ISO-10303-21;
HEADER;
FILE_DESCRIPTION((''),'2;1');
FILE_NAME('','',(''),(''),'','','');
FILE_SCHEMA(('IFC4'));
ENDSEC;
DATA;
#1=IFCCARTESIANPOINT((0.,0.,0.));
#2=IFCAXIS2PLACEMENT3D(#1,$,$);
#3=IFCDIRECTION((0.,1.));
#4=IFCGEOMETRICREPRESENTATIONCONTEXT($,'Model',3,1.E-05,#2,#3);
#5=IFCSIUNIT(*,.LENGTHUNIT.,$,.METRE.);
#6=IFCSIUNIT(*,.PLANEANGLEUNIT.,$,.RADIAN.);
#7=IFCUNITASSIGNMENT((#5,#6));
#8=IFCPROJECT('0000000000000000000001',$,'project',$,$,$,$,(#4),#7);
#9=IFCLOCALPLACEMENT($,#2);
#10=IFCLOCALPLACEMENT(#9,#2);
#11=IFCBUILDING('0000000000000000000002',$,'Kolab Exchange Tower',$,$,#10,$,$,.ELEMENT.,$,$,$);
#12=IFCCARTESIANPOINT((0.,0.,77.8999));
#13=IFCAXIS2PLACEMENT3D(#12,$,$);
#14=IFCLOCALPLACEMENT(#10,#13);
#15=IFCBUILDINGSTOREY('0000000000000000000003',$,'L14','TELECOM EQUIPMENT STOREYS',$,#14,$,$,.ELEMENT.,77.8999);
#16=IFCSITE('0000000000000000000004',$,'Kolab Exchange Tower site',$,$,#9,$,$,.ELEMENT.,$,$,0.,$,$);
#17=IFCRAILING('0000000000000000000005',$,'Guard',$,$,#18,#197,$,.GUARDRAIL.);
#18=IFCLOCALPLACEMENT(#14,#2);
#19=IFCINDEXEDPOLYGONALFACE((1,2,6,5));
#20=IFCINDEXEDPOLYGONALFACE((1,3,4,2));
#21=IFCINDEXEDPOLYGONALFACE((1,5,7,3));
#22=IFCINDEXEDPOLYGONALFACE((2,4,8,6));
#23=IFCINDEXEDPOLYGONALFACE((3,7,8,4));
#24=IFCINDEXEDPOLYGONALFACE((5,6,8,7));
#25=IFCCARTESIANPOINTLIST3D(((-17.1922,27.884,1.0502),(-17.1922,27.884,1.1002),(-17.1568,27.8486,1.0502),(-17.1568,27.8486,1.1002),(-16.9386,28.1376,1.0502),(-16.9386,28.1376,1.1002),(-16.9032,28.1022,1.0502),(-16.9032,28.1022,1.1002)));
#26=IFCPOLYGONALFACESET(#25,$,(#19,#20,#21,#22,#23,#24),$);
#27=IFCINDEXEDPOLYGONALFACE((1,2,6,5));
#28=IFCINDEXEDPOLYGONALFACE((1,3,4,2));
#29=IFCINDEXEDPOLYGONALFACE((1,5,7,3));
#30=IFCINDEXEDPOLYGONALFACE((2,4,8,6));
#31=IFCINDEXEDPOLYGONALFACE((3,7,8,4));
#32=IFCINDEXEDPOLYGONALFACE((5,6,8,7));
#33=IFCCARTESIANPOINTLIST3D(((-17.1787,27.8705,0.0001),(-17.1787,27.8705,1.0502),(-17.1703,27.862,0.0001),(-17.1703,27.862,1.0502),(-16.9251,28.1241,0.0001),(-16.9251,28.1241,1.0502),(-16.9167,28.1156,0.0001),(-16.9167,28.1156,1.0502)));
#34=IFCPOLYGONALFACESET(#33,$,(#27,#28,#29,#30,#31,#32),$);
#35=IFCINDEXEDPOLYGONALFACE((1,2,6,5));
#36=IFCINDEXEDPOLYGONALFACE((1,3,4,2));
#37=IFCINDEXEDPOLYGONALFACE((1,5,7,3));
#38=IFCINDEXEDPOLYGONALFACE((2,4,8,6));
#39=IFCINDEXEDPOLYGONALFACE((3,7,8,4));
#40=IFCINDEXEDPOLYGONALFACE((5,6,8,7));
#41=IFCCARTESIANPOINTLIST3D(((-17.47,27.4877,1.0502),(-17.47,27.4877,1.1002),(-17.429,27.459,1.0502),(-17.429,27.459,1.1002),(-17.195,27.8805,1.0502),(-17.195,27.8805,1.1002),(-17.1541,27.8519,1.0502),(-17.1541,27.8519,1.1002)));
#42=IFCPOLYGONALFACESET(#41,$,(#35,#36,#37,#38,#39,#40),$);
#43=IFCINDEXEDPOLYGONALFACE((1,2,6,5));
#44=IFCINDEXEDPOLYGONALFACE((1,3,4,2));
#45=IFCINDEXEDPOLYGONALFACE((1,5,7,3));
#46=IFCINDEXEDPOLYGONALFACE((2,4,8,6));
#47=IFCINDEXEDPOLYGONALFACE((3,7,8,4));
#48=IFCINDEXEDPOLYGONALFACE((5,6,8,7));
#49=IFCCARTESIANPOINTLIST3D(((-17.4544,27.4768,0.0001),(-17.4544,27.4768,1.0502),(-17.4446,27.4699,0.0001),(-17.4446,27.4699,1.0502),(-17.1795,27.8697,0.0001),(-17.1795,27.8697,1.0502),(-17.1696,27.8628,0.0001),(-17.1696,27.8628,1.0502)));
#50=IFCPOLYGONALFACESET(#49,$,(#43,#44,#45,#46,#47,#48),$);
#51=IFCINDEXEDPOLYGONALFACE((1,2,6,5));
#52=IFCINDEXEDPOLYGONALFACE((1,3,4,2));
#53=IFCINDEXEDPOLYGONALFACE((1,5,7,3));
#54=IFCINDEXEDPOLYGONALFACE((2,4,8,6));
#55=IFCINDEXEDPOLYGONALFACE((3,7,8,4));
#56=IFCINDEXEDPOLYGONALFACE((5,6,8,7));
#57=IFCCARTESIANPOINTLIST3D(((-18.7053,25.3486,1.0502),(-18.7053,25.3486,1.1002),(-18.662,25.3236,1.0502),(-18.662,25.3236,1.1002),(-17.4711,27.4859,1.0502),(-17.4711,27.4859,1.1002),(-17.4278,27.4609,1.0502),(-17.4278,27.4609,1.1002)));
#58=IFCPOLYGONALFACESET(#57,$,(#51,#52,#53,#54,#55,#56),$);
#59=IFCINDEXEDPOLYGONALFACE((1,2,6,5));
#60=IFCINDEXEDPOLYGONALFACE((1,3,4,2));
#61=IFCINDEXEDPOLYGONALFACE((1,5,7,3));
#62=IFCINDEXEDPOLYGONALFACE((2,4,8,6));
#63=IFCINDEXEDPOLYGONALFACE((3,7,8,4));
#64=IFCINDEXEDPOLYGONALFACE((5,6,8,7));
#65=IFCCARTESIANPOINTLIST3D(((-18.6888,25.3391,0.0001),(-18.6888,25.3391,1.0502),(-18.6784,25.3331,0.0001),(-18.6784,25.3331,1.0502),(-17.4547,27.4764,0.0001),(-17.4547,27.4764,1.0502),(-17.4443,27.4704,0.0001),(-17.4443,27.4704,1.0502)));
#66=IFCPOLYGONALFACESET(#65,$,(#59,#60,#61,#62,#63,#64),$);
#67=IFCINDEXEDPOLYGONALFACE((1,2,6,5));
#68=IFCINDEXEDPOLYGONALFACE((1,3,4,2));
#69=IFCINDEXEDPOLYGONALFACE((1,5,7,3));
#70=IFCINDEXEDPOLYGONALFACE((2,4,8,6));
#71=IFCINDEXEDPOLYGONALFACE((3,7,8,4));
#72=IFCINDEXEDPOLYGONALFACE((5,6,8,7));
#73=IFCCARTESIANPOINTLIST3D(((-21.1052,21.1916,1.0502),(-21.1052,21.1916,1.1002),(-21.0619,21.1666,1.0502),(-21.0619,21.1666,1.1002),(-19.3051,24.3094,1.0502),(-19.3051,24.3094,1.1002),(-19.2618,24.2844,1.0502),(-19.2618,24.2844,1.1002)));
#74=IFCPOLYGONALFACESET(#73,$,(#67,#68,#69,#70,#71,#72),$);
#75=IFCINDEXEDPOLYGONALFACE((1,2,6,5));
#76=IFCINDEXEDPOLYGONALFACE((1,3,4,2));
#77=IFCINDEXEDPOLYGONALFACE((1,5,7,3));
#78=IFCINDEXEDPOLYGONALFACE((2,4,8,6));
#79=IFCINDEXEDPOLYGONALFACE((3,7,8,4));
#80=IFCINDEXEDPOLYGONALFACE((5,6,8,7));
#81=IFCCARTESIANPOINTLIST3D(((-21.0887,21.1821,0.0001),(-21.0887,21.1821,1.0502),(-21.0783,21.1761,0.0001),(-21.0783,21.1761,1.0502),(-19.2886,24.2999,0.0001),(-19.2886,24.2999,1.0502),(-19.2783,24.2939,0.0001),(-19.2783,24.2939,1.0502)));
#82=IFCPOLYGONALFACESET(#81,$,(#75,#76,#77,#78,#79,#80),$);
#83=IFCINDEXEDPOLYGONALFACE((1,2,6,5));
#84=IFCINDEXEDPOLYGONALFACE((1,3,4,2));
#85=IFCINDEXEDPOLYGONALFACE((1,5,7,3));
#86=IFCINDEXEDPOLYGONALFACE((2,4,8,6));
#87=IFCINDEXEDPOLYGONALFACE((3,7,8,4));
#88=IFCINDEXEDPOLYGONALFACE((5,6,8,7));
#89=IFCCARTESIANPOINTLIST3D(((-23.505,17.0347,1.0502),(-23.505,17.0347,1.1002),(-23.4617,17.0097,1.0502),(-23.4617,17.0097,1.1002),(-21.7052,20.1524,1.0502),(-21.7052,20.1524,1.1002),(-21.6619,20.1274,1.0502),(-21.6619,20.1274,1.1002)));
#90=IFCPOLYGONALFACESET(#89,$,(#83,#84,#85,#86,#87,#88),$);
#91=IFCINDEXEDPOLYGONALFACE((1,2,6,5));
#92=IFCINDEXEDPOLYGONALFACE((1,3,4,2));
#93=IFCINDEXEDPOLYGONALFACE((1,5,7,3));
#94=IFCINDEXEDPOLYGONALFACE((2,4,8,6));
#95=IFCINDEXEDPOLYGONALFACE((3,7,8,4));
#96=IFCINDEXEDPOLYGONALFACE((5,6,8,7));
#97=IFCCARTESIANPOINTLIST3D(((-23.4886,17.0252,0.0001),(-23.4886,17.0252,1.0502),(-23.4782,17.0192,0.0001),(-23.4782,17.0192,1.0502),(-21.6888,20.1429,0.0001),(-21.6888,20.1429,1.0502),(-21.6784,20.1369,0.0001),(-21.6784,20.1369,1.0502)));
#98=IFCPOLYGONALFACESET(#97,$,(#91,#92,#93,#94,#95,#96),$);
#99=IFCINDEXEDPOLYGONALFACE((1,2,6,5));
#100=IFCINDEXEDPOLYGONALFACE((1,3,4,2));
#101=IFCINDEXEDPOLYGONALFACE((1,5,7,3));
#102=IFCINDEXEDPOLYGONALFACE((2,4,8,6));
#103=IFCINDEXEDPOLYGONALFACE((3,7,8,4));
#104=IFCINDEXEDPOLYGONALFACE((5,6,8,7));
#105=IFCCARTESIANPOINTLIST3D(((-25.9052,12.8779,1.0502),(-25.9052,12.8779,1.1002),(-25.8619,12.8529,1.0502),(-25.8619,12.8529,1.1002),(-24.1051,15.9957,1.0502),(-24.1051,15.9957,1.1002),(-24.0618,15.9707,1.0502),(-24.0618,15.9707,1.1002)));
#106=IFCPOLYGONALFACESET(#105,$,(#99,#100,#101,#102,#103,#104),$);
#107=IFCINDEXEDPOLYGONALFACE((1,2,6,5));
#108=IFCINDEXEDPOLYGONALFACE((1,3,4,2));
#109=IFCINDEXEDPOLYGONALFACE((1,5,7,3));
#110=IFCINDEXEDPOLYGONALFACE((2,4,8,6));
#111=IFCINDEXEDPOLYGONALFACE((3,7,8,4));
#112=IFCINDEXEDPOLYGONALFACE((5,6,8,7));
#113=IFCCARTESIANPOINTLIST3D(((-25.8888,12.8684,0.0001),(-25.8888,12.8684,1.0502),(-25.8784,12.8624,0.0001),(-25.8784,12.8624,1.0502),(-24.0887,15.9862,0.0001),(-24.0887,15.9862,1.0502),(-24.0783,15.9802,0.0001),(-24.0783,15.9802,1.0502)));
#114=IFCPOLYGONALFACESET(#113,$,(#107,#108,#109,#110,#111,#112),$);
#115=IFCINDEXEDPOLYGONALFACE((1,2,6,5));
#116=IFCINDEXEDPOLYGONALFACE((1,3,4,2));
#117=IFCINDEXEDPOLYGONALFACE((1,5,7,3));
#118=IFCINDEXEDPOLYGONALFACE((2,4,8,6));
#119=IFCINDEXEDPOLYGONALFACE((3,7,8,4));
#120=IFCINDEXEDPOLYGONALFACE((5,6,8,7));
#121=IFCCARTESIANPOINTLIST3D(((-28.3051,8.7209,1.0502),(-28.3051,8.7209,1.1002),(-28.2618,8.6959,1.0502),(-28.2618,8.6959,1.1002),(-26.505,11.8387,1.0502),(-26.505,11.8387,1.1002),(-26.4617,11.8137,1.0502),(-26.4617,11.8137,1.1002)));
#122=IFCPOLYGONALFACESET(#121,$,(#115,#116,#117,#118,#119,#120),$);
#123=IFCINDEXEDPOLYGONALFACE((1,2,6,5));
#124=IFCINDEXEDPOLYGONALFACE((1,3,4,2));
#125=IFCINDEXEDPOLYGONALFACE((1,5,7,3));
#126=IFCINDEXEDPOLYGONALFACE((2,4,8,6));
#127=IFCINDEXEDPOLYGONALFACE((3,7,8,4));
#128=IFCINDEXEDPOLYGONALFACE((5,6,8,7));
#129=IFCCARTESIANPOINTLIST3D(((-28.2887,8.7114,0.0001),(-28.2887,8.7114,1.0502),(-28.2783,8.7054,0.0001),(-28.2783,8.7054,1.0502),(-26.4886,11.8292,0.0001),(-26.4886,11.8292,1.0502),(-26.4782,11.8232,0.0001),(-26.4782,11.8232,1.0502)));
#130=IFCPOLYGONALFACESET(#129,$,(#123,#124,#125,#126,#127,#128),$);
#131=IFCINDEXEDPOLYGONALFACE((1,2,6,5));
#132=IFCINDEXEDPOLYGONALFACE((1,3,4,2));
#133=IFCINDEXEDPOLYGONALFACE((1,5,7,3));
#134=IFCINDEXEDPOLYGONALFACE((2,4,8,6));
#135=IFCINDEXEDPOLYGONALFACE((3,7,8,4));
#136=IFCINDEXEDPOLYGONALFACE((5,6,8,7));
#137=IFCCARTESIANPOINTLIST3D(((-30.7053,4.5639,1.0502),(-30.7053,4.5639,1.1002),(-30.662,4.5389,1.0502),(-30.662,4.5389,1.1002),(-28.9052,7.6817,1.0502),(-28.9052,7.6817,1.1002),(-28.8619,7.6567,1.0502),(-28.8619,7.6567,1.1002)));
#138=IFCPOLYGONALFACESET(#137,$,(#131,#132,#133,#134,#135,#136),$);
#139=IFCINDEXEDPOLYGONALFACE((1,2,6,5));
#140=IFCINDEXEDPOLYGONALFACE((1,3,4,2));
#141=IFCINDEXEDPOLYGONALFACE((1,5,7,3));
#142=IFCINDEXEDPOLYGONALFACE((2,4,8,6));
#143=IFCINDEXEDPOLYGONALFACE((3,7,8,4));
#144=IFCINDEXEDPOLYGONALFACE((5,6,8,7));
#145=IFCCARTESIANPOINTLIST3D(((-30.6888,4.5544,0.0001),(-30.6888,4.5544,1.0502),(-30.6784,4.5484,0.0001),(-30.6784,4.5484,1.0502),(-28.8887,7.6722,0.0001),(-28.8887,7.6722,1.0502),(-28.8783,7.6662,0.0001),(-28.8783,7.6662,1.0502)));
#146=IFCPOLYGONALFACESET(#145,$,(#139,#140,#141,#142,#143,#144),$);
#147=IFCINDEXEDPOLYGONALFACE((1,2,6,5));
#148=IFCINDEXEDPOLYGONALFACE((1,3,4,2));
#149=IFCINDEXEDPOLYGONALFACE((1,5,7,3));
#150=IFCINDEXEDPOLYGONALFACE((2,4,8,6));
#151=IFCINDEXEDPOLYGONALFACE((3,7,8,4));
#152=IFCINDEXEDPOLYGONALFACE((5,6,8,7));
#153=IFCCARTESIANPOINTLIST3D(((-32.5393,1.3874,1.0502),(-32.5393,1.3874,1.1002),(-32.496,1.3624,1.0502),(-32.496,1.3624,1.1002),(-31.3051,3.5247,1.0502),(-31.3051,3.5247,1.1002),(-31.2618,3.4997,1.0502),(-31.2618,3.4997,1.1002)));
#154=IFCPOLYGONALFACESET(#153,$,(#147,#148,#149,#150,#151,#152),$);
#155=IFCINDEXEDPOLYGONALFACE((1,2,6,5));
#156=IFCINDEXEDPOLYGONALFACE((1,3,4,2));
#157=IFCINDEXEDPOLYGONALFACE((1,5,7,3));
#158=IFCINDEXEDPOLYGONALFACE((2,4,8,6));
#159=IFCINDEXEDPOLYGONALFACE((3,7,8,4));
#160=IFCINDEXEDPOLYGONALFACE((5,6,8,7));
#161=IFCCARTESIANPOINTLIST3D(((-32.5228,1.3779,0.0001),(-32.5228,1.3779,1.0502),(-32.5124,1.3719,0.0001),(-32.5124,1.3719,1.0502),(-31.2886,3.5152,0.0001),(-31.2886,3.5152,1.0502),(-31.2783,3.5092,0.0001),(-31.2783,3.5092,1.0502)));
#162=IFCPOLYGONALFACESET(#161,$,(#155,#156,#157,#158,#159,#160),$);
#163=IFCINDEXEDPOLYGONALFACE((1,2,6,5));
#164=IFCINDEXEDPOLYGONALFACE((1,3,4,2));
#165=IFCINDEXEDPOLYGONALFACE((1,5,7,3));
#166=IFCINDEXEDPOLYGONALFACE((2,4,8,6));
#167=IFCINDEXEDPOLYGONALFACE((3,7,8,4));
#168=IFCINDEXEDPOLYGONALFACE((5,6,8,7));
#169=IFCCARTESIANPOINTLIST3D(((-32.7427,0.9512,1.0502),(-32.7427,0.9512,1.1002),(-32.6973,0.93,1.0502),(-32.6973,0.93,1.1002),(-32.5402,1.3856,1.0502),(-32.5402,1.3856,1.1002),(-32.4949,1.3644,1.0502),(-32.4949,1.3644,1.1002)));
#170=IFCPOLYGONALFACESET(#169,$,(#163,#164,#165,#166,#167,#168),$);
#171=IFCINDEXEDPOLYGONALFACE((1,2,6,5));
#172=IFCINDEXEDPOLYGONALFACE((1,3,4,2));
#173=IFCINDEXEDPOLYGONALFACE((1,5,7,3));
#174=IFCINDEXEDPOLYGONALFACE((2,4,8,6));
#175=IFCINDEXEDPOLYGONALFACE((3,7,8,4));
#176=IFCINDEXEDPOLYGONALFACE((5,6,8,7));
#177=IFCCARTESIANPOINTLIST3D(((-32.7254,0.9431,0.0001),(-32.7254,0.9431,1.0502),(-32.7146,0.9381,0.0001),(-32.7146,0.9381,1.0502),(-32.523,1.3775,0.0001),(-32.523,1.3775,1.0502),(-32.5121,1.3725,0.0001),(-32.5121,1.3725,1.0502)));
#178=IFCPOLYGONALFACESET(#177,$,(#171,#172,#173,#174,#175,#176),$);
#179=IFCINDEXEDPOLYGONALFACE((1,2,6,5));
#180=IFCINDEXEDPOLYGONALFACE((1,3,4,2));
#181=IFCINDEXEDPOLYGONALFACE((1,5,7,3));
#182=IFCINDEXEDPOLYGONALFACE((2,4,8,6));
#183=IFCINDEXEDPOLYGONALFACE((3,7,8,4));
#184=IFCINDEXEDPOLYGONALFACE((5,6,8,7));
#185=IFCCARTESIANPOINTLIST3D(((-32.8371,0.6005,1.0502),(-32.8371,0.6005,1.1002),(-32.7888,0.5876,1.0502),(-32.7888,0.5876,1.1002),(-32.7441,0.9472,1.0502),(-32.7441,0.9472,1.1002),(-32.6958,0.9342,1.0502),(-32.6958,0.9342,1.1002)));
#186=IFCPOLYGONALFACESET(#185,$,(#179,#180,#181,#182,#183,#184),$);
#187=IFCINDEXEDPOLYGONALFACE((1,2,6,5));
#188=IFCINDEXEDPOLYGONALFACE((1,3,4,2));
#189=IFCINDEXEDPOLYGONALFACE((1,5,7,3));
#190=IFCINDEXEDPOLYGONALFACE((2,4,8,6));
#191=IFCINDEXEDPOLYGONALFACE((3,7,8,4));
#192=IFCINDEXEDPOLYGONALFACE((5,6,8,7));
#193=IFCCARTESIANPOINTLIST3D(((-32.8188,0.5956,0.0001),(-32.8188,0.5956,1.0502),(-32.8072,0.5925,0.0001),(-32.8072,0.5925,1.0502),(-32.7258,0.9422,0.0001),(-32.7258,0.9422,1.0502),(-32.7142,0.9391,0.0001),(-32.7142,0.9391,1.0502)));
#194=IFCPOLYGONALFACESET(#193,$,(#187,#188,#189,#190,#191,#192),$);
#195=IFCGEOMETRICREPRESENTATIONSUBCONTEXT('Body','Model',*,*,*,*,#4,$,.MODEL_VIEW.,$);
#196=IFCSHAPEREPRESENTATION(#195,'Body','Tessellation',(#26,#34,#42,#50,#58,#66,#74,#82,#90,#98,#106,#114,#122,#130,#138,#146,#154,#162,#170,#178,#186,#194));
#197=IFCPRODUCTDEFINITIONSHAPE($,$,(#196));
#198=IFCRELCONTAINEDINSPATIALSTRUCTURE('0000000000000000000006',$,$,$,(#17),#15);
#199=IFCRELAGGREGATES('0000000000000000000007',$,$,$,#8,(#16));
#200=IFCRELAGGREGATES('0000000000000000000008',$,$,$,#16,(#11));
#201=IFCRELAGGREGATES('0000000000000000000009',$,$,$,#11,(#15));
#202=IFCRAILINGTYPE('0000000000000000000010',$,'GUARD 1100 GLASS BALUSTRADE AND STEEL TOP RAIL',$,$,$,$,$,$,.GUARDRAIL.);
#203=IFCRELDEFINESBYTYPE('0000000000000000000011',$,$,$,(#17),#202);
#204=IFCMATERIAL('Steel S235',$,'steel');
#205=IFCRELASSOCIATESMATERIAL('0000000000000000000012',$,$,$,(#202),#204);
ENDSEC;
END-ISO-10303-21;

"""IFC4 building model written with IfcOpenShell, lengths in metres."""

from ifc_helpers import new_model, si_unit, direction, frame, frame_2d, origin, origin_2d, place, context, subcontext, project, spatial, rectangle, extrude, material, type_object, element, save


model = new_model("IFC4")

# Units and contexts
model_context = context("Model", 3, precision=1e-05, world=origin(), true_north=direction((0.0, 1.0)))
body_context = subcontext(model_context, "Body", "Model", "MODEL_VIEW")
ifc_project = project(units=[si_unit("LENGTHUNIT", "METRE"), si_unit("PLANEANGLEUNIT", "RADIAN")], contexts=[model_context])

# Site, building, storey
site_placement = place(None, origin())
site = spatial("IfcSite", under=ifc_project, at=site_placement, Name="Kolab Exchange Tower site", CompositionType="ELEMENT", RefElevation=0.0)
building_placement = place(site_placement, origin())
building = spatial("IfcBuilding", under=site, at=building_placement, Name="Kolab Exchange Tower", CompositionType="ELEMENT")
storey_placement = place(building_placement, frame((0.0, 0.0, 77.8999)))
storey = spatial("IfcBuildingStorey", under=building, at=storey_placement, Name="L14", Description="TELECOM EQUIPMENT STOREYS", CompositionType="ELEMENT", Elevation=77.8999)

# Railing
ifc_material_1 = material(Name="Steel S235", Category="steel")
railing_type = type_object("IfcRailingType", Name="GUARD 1100 GLASS BALUSTRADE AND STEEL TOP RAIL", PredefinedType="GUARDRAIL", material=ifc_material_1)
railing_placement = place(storey_placement, frame((-16.9209, 28.1199, 0.0)))
element("IfcRailing", 1, at=railing_placement, inside=storey, type_object=railing_type, Name="Guard", PredefinedType="GUARDRAIL", context=body_context, shape_type="SweptSolid", body=[
    extrude(rectangle(XDim=0.05, YDim=0.05, at=origin_2d()), frame((0.0, 0.0, 1.0752), z_axis=(-0.707107, -0.707107, 0.0), x_axis=(0.707107, -0.707107, 0.0)), (0.0, 0.0, 1.0), 0.3586),
    extrude(rectangle(XDim=0.012, YDim=1.0501, at=frame_2d((0.0, 0.5251))), frame((0.0, 0.0, 0.0), z_axis=(-0.707107, -0.707107, 0.0), x_axis=(0.707107, -0.707107, 0.0)), (0.0, 0.0, 1.0), 0.3586),
    extrude(rectangle(XDim=0.05, YDim=0.05, at=origin_2d()), frame((-0.2537, -0.2537, 1.0752), z_axis=(-0.57336, -0.819304, 0.0), x_axis=(0.819304, -0.57336, 0.0)), (0.0, 0.0, 1.0), 0.4795),
    extrude(rectangle(XDim=0.012, YDim=1.0501, at=frame_2d((0.0, 0.5251))), frame((-0.2537, -0.2537, 0.0), z_axis=(-0.57336, -0.819304, 0.0), x_axis=(0.819304, -0.57336, 0.0)), (0.0, 0.0, 1.0), 0.4795),
    extrude(rectangle(XDim=0.05, YDim=0.05, at=origin_2d()), frame((-0.5286, -0.6465, 1.0752), z_axis=(-0.500065, -0.865988, 0.0), x_axis=(0.865988, -0.500065, 0.0)), (0.0, 0.0, 1.0), 2.468),
    extrude(rectangle(XDim=0.012, YDim=1.0501, at=frame_2d((0.0, 0.5251))), frame((-0.5286, -0.6465, 0.0), z_axis=(-0.500065, -0.865988, 0.0), x_axis=(0.865988, -0.500065, 0.0)), (0.0, 0.0, 1.0), 2.468),
    extrude(rectangle(XDim=0.05, YDim=0.05, at=origin_2d()), frame((-2.3625, -3.823, 1.0752), z_axis=(-0.500012, -0.866018, 0.0), x_axis=(0.866018, -0.500012, 0.0)), (0.0, 0.0, 1.0), 3.6001),
    extrude(rectangle(XDim=0.012, YDim=1.0501, at=frame_2d((0.0, 0.5251))), frame((-2.3625, -3.823, 0.0), z_axis=(-0.500012, -0.866018, 0.0), x_axis=(0.866018, -0.500012, 0.0)), (0.0, 0.0, 1.0), 3.6001),
    extrude(rectangle(XDim=0.05, YDim=0.05, at=origin_2d()), frame((-4.7627, -7.98, 1.0752), z_axis=(-0.499961, -0.866048, 0.0), x_axis=(0.866048, -0.499961, 0.0)), (0.0, 0.0, 1.0), 3.5999),
    extrude(rectangle(XDim=0.012, YDim=1.0501, at=frame_2d((0.0, 0.5251))), frame((-4.7627, -7.98, 0.0), z_axis=(-0.499961, -0.866048, 0.0), x_axis=(0.866048, -0.499961, 0.0)), (0.0, 0.0, 1.0), 3.5999),
    extrude(rectangle(XDim=0.05, YDim=0.05, at=origin_2d()), frame((-7.1626, -12.1367, 1.0752), z_axis=(-0.500012, -0.866018, 0.0), x_axis=(0.866018, -0.500012, 0.0)), (0.0, 0.0, 1.0), 3.6001),
    extrude(rectangle(XDim=0.012, YDim=1.0501, at=frame_2d((0.0, 0.5251))), frame((-7.1626, -12.1367, 0.0), z_axis=(-0.500012, -0.866018, 0.0), x_axis=(0.866018, -0.500012, 0.0)), (0.0, 0.0, 1.0), 3.6001),
    extrude(rectangle(XDim=0.05, YDim=0.05, at=origin_2d()), frame((-9.5625, -16.2937, 1.0752), z_axis=(-0.500012, -0.866018, 0.0), x_axis=(0.866018, -0.500012, 0.0)), (0.0, 0.0, 1.0), 3.6001),
    extrude(rectangle(XDim=0.012, YDim=1.0501, at=frame_2d((0.0, 0.5251))), frame((-9.5625, -16.2937, 0.0), z_axis=(-0.500012, -0.866018, 0.0), x_axis=(0.866018, -0.500012, 0.0)), (0.0, 0.0, 1.0), 3.6001),
    extrude(rectangle(XDim=0.05, YDim=0.05, at=origin_2d()), frame((-11.9626, -20.4507, 1.0752), z_axis=(-0.500012, -0.866018, 0.0), x_axis=(0.866018, -0.500012, 0.0)), (0.0, 0.0, 1.0), 3.6001),
    extrude(rectangle(XDim=0.012, YDim=1.0501, at=frame_2d((0.0, 0.5251))), frame((-11.9626, -20.4507, 0.0), z_axis=(-0.500012, -0.866018, 0.0), x_axis=(0.866018, -0.500012, 0.0)), (0.0, 0.0, 1.0), 3.6001),
    extrude(rectangle(XDim=0.05, YDim=0.05, at=origin_2d()), frame((-14.3625, -24.6077, 1.0752), z_axis=(-0.500065, -0.865988, 0.0), x_axis=(0.865988, -0.500065, 0.0)), (0.0, 0.0, 1.0), 2.468),
    extrude(rectangle(XDim=0.012, YDim=1.0501, at=frame_2d((0.0, 0.5251))), frame((-14.3625, -24.6077, 0.0), z_axis=(-0.500065, -0.865988, 0.0), x_axis=(0.865988, -0.500065, 0.0)), (0.0, 0.0, 1.0), 2.468),
    extrude(rectangle(XDim=0.05, YDim=0.05, at=origin_2d()), frame((-15.5967, -26.7449, 1.0752), z_axis=(-0.422383, -0.906417, 0.0), x_axis=(0.906417, -0.422383, 0.0)), (0.0, 0.0, 1.0), 0.4792),
    extrude(rectangle(XDim=0.012, YDim=1.0501, at=frame_2d((0.0, 0.5251))), frame((-15.5967, -26.7449, 0.0), z_axis=(-0.422383, -0.906417, 0.0), x_axis=(0.906417, -0.422383, 0.0)), (0.0, 0.0, 1.0), 0.4792),
    extrude(rectangle(XDim=0.05, YDim=0.05, at=origin_2d()), frame((-15.7991, -27.1792, 1.0752), z_axis=(-0.259144, -0.965839, 0.0), x_axis=(0.965839, -0.259144, 0.0)), (0.0, 0.0, 1.0), 0.3589),
    extrude(rectangle(XDim=0.012, YDim=1.0501, at=frame_2d((0.0, 0.5251))), frame((-15.7991, -27.1792, 0.0), z_axis=(-0.259144, -0.965839, 0.0), x_axis=(0.965839, -0.259144, 0.0)), (0.0, 0.0, 1.0), 0.3589),
])

save(model, "model.ifc")
